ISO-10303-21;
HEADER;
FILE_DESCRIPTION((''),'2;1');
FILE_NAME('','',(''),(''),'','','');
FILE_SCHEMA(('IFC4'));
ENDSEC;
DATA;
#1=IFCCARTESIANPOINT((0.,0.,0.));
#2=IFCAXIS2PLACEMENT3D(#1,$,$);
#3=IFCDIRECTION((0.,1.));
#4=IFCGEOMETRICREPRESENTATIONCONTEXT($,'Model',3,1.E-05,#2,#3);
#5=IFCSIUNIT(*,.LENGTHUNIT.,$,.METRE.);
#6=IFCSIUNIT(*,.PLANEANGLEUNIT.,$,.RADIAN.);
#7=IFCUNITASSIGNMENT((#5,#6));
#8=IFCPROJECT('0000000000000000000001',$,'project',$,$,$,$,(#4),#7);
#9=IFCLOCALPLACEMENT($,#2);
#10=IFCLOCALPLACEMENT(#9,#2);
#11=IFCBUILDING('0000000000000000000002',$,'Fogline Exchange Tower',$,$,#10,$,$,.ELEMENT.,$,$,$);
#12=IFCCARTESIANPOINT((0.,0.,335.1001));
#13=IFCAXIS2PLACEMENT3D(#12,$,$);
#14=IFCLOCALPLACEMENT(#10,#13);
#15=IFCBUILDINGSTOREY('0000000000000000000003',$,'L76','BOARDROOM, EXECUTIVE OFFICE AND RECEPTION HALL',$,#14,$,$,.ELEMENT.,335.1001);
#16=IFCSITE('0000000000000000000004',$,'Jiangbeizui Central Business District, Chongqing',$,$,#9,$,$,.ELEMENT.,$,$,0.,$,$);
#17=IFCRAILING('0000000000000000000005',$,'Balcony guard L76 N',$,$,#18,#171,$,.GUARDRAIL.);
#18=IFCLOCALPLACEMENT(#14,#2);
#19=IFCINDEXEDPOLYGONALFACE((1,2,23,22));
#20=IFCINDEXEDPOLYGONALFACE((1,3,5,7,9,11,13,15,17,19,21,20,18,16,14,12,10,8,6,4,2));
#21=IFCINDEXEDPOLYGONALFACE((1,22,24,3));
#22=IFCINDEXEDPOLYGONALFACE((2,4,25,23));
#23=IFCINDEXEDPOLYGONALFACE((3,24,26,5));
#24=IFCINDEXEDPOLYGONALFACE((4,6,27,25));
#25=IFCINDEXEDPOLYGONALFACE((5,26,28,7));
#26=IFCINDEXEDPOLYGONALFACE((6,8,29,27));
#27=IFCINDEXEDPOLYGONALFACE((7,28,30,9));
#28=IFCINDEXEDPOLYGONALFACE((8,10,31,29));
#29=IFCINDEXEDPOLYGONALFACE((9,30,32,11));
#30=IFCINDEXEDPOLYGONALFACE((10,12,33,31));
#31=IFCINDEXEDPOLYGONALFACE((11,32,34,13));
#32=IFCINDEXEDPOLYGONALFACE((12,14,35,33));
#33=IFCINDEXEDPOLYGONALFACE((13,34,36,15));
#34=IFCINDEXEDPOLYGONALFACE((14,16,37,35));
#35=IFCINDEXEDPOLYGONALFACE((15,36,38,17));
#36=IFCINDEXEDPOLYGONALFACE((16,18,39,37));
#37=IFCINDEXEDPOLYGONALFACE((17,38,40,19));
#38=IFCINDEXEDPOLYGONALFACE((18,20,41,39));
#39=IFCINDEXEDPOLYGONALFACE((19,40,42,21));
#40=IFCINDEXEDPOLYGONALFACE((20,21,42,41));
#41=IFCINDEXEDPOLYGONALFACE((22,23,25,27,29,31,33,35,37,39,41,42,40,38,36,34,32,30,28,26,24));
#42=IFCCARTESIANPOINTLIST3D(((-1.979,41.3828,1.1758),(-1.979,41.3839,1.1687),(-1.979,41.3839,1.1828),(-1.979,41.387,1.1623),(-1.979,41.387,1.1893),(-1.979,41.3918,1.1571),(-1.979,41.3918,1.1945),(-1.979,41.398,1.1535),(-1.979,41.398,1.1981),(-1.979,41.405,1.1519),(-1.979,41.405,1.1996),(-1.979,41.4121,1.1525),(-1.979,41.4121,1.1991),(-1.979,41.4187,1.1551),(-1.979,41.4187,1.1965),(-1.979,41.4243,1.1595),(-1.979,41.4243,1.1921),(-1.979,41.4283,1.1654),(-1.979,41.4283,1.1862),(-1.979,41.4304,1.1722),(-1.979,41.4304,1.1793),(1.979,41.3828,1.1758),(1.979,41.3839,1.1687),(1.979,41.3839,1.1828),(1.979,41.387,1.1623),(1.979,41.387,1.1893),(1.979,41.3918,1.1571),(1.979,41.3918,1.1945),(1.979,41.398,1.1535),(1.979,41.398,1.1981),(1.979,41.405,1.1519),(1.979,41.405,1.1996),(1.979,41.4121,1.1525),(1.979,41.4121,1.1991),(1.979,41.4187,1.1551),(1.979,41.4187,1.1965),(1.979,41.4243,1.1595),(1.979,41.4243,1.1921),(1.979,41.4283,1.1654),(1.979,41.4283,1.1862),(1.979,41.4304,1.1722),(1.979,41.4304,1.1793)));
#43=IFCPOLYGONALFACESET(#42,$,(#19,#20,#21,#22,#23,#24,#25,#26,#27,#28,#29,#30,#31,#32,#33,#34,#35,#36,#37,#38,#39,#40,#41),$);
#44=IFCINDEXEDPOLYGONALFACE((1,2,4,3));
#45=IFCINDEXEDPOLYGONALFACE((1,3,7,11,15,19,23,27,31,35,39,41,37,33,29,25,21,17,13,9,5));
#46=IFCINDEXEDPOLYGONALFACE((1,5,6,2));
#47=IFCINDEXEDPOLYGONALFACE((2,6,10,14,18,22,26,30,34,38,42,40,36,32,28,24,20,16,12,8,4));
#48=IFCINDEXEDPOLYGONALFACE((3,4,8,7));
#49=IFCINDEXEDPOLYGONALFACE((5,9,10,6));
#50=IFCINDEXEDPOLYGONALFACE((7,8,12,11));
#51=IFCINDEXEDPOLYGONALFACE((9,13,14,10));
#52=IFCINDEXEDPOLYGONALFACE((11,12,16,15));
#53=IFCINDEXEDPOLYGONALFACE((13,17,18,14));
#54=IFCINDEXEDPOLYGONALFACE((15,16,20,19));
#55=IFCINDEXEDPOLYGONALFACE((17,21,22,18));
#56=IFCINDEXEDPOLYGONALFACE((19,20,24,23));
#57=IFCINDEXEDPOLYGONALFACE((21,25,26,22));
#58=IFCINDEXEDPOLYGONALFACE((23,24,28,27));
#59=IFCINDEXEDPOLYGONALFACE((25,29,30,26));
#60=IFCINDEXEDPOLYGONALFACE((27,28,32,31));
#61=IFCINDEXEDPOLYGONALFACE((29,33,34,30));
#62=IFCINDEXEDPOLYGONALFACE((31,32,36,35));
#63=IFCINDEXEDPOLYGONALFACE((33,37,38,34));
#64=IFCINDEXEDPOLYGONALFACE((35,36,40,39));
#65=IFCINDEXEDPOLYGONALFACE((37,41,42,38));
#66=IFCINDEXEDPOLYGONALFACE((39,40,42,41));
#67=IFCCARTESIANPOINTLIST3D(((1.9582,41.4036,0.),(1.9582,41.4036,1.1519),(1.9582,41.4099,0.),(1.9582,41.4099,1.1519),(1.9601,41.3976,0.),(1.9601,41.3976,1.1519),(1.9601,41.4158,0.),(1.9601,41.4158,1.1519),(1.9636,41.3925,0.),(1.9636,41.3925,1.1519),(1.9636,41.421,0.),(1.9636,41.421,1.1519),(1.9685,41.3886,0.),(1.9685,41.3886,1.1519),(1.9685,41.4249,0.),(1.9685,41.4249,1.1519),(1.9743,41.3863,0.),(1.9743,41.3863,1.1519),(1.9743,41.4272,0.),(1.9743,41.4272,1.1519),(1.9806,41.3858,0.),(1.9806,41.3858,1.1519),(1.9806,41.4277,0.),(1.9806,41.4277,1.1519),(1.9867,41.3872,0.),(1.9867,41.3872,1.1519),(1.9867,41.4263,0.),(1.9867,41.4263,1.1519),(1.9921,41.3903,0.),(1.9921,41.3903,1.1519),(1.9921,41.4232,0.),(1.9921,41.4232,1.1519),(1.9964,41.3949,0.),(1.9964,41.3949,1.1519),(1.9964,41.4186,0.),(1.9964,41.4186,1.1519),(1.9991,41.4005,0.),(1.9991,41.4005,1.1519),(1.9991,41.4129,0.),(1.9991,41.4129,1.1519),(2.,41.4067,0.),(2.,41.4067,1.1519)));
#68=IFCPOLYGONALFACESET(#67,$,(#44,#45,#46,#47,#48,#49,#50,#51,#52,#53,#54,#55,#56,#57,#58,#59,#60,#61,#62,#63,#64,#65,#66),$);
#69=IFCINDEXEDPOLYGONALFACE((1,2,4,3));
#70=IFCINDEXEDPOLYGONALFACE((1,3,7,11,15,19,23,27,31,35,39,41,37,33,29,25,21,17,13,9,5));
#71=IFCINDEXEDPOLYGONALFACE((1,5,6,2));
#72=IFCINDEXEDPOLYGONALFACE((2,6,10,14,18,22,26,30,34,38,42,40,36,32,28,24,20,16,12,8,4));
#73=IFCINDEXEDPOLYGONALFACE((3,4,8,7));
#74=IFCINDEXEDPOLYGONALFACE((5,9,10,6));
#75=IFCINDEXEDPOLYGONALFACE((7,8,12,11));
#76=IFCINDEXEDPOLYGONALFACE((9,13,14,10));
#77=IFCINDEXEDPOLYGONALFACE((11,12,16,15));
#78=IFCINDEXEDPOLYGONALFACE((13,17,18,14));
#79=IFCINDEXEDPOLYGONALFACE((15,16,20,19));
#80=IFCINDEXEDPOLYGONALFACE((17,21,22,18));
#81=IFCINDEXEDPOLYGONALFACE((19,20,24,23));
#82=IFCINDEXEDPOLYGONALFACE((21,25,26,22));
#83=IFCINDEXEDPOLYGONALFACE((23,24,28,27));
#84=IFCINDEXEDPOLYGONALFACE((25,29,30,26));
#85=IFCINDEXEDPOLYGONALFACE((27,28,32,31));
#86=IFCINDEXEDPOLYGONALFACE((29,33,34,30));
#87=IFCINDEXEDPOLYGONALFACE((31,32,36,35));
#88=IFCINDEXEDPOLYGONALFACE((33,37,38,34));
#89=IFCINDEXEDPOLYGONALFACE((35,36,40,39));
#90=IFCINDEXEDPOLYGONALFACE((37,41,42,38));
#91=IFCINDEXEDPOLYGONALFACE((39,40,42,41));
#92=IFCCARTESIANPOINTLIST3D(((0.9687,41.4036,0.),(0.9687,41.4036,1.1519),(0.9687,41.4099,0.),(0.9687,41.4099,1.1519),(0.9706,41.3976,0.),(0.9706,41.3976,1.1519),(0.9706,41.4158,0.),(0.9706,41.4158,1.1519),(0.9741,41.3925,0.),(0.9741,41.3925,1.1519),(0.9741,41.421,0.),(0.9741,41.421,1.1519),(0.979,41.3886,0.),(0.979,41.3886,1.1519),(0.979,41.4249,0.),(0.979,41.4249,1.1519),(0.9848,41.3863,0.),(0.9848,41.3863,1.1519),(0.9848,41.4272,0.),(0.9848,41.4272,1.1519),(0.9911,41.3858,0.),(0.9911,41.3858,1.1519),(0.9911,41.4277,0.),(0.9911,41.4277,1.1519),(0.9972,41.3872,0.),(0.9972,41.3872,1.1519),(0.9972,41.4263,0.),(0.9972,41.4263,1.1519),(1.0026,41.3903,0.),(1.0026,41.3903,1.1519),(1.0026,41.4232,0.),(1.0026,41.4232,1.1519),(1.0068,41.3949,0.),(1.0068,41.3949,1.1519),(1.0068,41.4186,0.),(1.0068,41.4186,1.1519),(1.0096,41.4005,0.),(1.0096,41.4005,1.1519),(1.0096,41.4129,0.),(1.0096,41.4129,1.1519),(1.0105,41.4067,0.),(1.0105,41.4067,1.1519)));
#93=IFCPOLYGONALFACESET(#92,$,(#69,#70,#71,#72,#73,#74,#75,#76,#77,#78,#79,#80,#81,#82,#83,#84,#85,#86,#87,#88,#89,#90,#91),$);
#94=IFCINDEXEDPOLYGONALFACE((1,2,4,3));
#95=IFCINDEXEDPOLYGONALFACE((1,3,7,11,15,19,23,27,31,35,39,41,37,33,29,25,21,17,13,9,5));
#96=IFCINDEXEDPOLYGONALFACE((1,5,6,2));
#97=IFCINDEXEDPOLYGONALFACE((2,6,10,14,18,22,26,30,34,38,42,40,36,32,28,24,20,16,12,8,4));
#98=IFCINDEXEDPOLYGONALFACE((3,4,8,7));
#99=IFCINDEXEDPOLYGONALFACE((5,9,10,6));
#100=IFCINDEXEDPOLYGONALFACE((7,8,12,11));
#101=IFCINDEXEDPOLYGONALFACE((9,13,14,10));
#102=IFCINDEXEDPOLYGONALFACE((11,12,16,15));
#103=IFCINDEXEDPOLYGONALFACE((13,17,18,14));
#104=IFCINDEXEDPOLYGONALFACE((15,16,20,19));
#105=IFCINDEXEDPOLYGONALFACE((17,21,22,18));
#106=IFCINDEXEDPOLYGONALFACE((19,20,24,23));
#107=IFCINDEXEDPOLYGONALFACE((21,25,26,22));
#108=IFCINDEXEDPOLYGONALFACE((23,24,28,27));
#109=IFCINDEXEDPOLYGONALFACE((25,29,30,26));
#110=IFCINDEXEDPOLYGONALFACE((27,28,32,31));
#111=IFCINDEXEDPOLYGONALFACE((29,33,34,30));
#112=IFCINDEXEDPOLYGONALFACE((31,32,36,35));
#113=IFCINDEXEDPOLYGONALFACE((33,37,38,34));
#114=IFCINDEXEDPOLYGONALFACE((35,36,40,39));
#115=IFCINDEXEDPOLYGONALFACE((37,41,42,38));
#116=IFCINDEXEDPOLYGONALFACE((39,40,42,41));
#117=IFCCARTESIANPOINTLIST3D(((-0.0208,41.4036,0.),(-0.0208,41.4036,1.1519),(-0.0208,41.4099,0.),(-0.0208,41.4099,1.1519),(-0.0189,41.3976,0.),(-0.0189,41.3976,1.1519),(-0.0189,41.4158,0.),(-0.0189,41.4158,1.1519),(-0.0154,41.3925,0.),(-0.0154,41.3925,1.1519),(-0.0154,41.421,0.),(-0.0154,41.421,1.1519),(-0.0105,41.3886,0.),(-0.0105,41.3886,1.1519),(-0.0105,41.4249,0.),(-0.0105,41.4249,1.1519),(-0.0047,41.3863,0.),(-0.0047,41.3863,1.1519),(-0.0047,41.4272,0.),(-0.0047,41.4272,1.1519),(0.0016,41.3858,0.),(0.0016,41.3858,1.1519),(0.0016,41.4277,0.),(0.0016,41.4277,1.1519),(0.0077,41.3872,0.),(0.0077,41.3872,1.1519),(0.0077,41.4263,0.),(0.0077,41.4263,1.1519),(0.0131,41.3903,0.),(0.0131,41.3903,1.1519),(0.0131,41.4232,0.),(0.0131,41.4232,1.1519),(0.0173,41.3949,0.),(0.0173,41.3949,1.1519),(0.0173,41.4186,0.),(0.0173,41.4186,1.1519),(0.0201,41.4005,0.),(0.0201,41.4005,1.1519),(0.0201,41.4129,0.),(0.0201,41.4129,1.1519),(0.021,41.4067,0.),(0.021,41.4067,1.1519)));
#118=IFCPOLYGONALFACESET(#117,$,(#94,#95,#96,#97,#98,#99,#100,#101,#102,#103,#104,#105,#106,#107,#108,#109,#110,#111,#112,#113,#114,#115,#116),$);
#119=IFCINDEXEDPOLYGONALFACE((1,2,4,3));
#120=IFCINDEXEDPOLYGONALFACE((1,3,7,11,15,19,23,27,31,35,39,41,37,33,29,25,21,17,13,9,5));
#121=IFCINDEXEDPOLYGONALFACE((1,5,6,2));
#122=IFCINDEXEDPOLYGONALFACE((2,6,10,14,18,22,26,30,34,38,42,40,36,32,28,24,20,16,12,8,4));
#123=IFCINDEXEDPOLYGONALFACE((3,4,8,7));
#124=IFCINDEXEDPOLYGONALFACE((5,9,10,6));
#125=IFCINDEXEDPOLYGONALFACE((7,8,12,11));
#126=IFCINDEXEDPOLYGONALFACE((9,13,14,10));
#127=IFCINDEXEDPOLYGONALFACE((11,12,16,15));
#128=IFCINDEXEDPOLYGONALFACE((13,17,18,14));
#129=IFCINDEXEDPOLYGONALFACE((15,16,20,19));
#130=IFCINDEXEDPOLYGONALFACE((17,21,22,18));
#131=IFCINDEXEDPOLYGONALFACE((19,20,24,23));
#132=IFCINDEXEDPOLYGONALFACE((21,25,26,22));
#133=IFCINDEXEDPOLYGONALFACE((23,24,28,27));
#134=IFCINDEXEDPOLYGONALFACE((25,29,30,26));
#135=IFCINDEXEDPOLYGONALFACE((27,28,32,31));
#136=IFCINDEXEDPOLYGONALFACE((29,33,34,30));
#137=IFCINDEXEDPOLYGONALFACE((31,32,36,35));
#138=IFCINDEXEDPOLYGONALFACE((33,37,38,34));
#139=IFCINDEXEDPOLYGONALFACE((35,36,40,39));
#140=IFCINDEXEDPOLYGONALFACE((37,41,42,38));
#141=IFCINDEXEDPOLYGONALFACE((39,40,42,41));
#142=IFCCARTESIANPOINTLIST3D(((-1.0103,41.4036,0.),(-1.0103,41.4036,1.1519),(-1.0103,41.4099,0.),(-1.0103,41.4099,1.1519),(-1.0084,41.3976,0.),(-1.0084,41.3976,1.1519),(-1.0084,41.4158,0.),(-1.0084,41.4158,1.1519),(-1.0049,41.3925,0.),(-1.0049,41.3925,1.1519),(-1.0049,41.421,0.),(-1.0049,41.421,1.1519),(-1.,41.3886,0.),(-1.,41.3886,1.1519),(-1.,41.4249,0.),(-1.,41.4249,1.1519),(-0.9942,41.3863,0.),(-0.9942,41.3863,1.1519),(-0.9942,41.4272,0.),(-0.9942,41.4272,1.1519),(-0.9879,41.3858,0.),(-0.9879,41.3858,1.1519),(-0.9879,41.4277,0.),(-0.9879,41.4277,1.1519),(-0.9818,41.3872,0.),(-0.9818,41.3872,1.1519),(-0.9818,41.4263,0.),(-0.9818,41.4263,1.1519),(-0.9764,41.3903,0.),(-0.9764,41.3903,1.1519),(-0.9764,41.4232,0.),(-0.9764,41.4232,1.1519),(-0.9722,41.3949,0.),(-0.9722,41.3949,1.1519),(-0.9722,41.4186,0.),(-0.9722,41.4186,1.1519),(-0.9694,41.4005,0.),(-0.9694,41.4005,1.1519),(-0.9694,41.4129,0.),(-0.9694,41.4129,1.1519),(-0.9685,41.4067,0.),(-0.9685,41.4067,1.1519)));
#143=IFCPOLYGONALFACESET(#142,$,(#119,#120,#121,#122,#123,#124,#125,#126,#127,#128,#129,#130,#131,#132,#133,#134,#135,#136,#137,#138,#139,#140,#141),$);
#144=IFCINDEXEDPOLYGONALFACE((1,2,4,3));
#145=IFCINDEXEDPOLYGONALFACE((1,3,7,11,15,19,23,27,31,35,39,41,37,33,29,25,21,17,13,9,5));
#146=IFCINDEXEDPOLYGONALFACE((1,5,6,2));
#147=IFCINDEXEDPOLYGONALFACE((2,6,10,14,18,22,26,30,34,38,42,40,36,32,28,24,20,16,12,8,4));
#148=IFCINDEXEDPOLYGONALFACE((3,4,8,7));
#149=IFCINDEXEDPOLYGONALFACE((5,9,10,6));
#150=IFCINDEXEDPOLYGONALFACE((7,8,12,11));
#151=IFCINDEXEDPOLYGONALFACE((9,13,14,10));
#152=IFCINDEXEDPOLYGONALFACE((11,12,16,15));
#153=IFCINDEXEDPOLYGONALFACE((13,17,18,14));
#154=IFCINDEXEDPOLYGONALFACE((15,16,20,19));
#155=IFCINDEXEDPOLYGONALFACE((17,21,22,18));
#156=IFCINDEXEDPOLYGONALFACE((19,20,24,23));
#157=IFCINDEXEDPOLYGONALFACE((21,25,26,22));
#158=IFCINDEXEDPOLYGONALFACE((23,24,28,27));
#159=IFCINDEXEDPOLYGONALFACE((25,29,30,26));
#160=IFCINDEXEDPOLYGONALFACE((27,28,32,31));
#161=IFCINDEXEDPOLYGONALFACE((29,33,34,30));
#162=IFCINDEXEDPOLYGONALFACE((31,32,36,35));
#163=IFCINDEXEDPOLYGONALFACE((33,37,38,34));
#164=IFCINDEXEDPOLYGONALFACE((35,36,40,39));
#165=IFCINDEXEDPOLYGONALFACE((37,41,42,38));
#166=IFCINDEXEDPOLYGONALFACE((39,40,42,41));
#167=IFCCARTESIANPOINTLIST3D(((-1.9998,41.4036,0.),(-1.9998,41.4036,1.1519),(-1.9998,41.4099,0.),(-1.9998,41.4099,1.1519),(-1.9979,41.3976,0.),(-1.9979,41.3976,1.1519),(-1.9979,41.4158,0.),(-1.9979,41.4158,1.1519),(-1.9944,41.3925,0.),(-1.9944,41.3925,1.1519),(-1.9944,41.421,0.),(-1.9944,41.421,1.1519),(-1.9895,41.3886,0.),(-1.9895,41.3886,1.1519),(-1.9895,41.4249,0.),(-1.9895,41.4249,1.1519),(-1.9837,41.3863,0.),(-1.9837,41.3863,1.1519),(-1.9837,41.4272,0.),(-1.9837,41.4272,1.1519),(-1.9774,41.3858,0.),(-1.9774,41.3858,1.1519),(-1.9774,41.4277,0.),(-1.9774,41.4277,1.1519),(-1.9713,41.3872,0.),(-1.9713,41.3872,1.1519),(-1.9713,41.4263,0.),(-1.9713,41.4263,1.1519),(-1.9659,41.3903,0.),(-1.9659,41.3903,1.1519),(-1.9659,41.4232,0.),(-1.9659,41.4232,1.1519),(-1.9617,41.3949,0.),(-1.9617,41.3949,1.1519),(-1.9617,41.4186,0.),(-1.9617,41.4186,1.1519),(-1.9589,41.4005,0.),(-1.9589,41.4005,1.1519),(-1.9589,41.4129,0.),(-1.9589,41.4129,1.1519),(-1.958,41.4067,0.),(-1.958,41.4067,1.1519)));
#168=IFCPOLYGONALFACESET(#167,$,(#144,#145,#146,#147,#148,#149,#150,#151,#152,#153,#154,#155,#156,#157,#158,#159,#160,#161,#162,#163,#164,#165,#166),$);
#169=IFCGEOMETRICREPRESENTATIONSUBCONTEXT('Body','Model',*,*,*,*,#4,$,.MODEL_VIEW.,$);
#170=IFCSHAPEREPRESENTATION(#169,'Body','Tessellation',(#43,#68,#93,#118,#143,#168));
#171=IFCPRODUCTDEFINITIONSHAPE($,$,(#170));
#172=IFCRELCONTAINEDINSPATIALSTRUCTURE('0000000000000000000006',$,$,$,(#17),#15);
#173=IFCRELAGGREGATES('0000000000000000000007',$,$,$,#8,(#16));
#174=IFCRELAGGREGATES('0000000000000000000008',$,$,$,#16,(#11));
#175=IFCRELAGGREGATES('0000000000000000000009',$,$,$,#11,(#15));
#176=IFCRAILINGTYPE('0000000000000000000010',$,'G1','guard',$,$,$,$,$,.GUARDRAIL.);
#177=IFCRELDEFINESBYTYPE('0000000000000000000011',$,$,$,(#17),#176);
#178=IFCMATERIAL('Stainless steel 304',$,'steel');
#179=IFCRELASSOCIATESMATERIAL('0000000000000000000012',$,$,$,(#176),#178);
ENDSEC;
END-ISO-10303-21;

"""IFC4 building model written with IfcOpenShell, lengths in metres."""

from ifc_helpers import new_model, si_unit, direction, frame, origin, origin_2d, place, context, subcontext, project, spatial, circle, extrude, material, type_object, element, save


model = new_model("IFC4")

# Units and contexts
model_context = context("Model", 3, precision=1e-05, world=origin(), true_north=direction((0.0, 1.0)))
body_context = subcontext(model_context, "Body", "Model", "MODEL_VIEW")
ifc_project = project(units=[si_unit("LENGTHUNIT", "METRE"), si_unit("PLANEANGLEUNIT", "RADIAN")], contexts=[model_context])

# Site, building, storey
site_placement = place(None, origin())
site = spatial("IfcSite", under=ifc_project, at=site_placement, Name="Jiangbeizui Central Business District, Chongqing", CompositionType="ELEMENT", RefElevation=0.0)
building_placement = place(site_placement, origin())
building = spatial("IfcBuilding", under=site, at=building_placement, Name="Fogline Exchange Tower", CompositionType="ELEMENT")
storey_placement = place(building_placement, frame((0.0, 0.0, 335.1001)))
storey = spatial("IfcBuildingStorey", under=building, at=storey_placement, Name="L76", Description="BOARDROOM, EXECUTIVE OFFICE AND RECEPTION HALL", CompositionType="ELEMENT", Elevation=335.1001)

# Railing
ifc_material_1 = material(Name="Stainless steel 304", Category="steel")
railing_type = type_object("IfcRailingType", Name="G1", Description="guard", PredefinedType="GUARDRAIL", material=ifc_material_1)
railing_placement = place(storey_placement, frame((1.979, 41.4067, 0.0)))
element("IfcRailing", 1, at=railing_placement, inside=storey, type_object=railing_type, Name="Balcony guard L76 N", PredefinedType="GUARDRAIL", context=body_context, shape_type="SweptSolid", body=[
    extrude(circle(Radius=0.0239, at=origin_2d()), frame((0.0, 0.0, 1.1758), z_axis=(-1.0, 0.0, 0.0), x_axis=(0.0, -1.0, 0.0)), (0.0, 0.0, 1.0), 3.958),
    extrude(circle(Radius=0.021, at=origin_2d()), origin(), (0.0, 0.0, 1.0), 1.1519),
    extrude(circle(Radius=0.021, at=origin_2d()), frame((-0.9895, 0.0, 0.0)), (0.0, 0.0, 1.0), 1.1519),
    extrude(circle(Radius=0.021, at=origin_2d()), frame((-1.979, 0.0, 0.0)), (0.0, 0.0, 1.0), 1.1519),
    extrude(circle(Radius=0.021, at=origin_2d()), frame((-2.9685, 0.0, 0.0)), (0.0, 0.0, 1.0), 1.1519),
    extrude(circle(Radius=0.021, at=origin_2d()), frame((-3.958, 0.0, 0.0)), (0.0, 0.0, 1.0), 1.1519),
])

save(model, "model.ifc")
